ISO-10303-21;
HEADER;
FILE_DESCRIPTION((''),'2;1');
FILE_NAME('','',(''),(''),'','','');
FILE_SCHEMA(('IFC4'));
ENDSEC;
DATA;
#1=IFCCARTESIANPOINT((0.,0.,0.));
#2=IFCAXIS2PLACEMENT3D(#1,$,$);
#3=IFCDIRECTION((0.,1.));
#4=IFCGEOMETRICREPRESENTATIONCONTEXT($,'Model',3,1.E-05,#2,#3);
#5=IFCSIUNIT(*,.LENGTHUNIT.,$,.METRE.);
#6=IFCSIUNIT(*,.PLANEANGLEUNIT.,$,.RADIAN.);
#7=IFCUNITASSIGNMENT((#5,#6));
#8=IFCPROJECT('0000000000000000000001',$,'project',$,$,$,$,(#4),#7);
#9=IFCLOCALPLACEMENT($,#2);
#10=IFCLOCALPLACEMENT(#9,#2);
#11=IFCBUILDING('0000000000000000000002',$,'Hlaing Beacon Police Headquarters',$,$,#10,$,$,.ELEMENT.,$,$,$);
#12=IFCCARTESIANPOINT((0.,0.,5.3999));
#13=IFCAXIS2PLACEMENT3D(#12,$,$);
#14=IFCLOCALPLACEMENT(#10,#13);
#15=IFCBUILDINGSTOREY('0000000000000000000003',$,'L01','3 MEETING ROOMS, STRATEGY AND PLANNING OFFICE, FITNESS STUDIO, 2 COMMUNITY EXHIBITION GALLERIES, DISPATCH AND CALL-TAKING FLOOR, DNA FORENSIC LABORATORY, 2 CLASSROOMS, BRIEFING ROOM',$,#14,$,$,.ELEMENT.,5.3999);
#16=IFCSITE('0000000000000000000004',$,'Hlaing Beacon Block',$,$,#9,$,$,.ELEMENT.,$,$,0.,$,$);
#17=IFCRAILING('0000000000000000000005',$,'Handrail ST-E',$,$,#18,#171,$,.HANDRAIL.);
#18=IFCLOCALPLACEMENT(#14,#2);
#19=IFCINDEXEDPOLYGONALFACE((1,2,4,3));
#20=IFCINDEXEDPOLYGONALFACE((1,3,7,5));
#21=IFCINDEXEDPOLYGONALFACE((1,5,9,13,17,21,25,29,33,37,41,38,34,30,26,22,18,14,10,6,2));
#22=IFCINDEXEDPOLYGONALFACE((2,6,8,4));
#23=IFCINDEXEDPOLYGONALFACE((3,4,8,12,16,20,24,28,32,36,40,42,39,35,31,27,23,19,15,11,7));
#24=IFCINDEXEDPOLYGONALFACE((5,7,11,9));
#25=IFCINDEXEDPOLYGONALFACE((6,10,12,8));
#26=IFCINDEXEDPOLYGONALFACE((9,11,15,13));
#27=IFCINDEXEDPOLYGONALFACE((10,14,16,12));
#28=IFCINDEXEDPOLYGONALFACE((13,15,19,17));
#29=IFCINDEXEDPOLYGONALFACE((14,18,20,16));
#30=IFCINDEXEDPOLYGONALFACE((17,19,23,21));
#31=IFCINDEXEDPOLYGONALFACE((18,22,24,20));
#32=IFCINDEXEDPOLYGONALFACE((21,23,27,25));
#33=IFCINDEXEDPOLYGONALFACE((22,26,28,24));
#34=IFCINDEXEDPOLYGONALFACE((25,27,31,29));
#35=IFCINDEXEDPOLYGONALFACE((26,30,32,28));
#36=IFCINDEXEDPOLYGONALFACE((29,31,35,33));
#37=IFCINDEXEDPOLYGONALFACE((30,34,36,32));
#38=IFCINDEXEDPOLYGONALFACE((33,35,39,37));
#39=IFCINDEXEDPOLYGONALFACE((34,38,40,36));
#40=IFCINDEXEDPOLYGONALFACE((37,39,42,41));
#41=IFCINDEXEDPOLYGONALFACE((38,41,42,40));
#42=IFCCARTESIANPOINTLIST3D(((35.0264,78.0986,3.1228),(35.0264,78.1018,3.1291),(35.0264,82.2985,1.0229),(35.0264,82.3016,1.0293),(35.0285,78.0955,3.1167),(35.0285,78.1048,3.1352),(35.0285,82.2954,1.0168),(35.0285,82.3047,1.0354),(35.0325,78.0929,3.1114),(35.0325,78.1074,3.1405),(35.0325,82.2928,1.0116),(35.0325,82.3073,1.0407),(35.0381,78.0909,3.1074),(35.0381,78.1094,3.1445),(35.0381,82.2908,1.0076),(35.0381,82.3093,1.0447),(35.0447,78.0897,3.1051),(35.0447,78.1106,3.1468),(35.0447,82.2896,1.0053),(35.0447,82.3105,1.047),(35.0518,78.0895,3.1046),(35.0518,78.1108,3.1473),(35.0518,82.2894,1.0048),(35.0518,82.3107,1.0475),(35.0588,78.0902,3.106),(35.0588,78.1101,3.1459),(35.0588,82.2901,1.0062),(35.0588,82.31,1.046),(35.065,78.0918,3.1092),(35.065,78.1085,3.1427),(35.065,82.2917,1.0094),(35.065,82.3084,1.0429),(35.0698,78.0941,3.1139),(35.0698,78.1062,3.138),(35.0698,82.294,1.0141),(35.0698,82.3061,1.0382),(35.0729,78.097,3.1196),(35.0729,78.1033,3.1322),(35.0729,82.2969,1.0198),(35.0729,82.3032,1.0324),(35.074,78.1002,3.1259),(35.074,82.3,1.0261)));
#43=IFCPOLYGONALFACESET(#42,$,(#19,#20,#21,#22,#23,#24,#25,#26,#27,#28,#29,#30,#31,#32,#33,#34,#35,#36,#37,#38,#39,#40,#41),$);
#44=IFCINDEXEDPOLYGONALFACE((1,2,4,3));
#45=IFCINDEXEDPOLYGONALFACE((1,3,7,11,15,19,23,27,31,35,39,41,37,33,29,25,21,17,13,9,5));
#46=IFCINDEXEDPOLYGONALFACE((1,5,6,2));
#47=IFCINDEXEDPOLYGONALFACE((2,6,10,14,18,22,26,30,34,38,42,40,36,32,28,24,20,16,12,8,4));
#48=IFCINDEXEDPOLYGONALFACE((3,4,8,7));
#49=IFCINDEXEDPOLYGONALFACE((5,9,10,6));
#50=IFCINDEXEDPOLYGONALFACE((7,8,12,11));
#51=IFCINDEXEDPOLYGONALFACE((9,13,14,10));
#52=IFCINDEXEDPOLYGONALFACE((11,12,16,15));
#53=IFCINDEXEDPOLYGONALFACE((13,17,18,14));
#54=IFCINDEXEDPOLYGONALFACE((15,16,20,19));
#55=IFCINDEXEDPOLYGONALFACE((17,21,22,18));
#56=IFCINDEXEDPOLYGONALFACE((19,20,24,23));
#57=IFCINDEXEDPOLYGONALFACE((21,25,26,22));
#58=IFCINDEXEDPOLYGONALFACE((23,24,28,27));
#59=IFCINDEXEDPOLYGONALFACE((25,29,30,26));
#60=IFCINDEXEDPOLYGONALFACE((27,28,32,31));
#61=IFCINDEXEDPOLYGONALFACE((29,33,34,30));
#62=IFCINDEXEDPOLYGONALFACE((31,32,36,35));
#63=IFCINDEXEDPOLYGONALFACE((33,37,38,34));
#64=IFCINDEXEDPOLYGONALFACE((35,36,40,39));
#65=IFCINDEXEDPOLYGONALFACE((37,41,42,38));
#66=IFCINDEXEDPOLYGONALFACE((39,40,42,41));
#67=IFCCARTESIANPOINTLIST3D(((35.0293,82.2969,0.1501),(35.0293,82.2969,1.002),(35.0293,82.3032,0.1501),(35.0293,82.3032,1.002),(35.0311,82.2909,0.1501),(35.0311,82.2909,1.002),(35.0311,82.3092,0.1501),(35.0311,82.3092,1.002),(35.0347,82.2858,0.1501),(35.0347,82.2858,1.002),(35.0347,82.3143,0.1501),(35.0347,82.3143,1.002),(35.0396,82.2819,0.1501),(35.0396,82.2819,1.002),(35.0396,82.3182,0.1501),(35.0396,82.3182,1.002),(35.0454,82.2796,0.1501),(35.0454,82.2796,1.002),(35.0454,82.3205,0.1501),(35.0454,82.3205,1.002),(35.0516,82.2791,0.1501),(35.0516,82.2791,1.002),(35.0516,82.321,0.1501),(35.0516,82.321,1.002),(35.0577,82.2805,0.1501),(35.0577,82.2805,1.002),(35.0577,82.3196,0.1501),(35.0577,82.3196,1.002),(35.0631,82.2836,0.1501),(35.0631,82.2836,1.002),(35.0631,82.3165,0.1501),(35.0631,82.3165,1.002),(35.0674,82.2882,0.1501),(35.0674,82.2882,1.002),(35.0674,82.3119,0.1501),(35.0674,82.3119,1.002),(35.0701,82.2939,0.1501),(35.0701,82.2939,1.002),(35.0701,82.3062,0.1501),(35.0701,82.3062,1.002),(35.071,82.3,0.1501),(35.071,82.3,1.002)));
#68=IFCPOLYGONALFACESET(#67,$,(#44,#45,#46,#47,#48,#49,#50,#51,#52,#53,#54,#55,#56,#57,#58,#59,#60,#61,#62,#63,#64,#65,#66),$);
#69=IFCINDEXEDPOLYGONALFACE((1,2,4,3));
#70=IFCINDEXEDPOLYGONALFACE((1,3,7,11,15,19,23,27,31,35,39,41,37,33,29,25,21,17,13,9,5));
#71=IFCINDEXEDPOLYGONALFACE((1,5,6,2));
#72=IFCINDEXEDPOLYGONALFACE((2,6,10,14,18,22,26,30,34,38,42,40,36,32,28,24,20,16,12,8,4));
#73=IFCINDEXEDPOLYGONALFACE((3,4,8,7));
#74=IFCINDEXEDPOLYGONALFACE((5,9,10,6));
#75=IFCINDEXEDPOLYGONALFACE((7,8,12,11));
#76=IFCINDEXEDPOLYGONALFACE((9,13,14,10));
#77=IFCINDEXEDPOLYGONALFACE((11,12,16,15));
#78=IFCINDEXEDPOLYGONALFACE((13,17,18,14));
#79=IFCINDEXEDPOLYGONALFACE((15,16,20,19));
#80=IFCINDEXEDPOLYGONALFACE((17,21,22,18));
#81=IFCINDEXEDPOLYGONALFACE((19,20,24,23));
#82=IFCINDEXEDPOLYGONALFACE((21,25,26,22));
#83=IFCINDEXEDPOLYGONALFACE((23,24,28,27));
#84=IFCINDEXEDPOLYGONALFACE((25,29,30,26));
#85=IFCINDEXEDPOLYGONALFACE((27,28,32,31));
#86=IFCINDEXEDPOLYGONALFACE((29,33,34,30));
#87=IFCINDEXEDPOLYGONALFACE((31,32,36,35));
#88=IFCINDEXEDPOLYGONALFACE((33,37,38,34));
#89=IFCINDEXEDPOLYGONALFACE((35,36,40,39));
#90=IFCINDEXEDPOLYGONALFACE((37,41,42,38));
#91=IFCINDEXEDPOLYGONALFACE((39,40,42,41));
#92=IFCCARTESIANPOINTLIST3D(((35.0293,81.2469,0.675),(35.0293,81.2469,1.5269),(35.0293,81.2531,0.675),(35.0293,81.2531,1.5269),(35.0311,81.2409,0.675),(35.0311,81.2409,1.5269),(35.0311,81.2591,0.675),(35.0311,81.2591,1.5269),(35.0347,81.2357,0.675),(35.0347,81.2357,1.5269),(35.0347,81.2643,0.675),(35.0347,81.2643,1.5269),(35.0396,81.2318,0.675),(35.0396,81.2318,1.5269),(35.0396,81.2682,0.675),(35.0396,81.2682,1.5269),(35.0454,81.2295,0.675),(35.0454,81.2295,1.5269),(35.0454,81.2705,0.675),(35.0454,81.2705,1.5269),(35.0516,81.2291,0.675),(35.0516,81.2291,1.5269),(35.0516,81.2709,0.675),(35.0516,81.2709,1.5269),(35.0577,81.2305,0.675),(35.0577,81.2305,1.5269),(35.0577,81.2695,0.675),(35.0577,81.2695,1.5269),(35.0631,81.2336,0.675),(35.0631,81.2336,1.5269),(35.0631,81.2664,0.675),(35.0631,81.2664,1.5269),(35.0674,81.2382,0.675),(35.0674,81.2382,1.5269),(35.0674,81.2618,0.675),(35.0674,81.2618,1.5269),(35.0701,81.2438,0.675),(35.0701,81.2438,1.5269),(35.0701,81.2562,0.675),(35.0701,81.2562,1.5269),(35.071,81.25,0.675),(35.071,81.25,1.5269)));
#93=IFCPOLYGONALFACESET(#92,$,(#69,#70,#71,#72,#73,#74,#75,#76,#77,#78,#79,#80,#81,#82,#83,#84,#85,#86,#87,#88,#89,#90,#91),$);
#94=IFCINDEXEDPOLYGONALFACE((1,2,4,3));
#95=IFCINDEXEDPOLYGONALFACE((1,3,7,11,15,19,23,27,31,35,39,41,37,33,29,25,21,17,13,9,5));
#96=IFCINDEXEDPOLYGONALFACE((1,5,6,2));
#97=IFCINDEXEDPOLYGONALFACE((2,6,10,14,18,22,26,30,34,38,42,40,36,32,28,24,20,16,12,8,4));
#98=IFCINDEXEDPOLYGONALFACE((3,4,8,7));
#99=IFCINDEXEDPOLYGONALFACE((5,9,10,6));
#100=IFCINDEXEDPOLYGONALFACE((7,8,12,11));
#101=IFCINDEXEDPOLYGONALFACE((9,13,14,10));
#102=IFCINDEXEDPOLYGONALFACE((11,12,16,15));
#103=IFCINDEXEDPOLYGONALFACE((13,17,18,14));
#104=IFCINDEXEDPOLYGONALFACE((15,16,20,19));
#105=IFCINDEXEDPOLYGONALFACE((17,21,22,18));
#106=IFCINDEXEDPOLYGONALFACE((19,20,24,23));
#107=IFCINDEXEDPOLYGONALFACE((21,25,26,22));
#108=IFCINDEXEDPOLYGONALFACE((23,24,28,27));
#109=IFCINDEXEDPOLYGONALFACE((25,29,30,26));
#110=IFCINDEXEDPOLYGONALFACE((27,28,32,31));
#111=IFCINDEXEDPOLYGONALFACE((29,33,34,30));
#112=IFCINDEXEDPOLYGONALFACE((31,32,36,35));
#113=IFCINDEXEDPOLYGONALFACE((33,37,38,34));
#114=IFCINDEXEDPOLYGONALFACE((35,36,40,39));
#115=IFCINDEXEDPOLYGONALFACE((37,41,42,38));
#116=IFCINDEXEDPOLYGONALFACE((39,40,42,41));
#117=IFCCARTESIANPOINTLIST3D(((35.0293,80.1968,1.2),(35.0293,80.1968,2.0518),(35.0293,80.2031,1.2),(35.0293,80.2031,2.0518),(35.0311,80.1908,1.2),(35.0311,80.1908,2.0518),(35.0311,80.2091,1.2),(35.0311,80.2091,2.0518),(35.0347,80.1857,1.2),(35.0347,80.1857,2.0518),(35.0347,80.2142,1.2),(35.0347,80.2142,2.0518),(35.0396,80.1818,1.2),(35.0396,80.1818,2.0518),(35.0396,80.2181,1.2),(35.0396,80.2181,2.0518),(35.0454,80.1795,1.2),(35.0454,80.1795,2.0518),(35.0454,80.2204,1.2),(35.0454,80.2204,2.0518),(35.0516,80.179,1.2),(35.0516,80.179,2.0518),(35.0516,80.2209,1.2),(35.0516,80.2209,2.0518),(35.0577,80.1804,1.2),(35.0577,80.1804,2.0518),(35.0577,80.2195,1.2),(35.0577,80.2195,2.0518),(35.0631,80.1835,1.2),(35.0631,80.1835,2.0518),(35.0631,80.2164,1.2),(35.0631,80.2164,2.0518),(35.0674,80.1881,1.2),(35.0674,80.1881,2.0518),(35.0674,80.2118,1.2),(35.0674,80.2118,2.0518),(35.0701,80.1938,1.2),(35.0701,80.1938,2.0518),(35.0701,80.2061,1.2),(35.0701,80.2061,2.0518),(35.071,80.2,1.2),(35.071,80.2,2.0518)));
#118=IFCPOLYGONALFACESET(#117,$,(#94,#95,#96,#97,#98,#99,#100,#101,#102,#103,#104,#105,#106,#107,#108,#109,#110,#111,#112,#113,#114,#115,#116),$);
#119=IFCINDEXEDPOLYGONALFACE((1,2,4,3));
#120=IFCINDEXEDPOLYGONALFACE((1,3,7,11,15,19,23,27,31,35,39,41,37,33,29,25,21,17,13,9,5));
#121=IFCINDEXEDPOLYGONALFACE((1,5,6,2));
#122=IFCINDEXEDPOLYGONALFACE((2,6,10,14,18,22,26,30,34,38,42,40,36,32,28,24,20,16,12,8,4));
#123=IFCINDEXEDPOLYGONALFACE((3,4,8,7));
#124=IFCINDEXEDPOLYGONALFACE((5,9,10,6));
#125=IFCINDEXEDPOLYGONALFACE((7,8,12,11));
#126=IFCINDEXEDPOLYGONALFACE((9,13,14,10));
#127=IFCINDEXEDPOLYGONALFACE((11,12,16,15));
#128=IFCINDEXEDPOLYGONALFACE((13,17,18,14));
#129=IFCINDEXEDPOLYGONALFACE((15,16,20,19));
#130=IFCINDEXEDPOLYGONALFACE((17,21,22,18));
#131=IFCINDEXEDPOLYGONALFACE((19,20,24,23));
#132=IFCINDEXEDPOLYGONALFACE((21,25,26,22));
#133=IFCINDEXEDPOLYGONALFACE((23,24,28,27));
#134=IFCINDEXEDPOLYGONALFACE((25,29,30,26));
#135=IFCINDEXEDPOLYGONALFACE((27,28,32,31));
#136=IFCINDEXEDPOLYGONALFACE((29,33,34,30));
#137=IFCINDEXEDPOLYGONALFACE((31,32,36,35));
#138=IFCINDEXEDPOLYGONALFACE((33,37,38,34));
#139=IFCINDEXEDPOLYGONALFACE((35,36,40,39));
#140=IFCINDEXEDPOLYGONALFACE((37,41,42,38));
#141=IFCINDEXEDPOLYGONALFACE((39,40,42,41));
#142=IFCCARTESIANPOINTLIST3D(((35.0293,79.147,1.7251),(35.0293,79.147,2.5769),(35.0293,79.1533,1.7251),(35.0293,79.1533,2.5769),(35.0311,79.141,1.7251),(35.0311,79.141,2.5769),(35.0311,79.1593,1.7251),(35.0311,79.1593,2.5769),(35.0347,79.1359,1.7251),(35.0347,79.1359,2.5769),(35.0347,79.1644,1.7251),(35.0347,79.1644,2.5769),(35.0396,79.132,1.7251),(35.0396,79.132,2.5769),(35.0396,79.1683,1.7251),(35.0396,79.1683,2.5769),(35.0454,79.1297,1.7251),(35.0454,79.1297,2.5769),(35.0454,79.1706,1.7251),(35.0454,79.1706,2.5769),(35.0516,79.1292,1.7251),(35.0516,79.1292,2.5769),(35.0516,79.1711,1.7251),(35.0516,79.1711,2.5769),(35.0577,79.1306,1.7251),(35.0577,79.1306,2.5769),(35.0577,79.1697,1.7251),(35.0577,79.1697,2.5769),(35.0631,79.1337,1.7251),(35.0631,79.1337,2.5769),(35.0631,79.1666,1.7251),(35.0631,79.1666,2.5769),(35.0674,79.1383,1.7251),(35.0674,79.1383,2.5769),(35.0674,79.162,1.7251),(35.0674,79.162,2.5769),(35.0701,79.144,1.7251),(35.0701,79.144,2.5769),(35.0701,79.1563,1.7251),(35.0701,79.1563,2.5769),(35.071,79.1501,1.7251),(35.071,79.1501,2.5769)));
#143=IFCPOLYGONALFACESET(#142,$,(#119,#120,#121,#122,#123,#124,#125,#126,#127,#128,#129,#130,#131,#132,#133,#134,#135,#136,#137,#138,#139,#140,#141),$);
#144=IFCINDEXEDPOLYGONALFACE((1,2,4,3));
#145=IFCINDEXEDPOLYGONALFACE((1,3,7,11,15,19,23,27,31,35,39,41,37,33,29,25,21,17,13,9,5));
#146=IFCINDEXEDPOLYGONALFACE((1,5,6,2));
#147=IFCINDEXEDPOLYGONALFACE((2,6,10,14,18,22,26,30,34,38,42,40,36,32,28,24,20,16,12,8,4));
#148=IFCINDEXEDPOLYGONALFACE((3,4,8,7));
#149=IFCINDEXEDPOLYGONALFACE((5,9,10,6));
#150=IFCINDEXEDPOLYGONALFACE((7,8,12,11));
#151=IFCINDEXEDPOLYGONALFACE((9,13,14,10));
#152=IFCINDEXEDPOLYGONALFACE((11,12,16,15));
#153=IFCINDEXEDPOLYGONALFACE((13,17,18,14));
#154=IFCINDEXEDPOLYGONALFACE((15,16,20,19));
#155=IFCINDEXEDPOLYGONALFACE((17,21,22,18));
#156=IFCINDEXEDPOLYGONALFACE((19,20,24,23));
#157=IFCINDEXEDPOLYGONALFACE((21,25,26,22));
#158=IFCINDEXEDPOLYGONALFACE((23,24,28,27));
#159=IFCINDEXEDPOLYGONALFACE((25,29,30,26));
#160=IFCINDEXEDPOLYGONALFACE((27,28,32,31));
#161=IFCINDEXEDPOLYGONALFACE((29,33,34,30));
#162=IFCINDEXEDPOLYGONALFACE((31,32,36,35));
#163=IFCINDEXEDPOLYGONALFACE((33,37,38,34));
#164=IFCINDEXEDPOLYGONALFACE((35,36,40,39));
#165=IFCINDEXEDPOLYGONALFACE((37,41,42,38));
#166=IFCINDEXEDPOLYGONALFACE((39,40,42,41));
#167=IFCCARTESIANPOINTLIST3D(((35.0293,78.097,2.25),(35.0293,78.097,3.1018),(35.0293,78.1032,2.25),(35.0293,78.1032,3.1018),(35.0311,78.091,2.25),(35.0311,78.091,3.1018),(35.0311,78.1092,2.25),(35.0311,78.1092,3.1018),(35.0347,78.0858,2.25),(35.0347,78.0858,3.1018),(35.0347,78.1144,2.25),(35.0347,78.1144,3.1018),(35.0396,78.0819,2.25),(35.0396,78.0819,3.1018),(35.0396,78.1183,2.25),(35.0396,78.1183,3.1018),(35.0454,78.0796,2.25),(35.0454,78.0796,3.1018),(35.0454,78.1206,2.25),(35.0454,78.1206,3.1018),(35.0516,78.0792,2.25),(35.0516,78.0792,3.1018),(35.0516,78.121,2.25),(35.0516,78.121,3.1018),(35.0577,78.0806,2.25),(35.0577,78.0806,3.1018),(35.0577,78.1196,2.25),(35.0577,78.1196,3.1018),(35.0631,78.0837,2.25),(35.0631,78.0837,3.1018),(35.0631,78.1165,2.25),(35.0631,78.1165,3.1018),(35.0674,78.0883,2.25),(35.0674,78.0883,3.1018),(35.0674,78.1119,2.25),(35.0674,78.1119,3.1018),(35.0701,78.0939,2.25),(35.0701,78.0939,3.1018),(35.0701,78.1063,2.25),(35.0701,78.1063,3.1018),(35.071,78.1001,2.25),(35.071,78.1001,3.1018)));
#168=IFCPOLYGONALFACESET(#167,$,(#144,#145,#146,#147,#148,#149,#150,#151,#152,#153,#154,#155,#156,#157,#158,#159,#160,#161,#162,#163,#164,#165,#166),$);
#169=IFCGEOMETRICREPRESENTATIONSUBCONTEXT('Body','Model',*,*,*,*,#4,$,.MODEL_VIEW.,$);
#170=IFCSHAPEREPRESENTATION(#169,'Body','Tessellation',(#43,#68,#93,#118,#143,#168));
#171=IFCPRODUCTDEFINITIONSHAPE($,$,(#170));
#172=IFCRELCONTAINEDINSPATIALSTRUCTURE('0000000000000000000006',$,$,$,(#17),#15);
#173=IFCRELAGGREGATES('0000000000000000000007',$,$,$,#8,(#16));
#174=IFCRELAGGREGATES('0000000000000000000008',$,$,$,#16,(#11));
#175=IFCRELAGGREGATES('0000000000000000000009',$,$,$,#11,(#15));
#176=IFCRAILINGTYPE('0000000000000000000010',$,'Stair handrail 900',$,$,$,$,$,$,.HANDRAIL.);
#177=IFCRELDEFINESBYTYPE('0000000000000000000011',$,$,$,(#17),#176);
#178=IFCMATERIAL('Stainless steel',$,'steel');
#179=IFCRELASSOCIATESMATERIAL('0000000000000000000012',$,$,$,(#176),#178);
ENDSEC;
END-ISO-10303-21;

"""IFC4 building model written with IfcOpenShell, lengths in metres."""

from ifc_helpers import new_model, si_unit, direction, frame, origin, origin_2d, place, context, subcontext, project, spatial, circle, extrude, material, type_object, element, save


model = new_model("IFC4")

# Units and contexts
model_context = context("Model", 3, precision=1e-05, world=origin(), true_north=direction((0.0, 1.0)))
body_context = subcontext(model_context, "Body", "Model", "MODEL_VIEW")
ifc_project = project(units=[si_unit("LENGTHUNIT", "METRE"), si_unit("PLANEANGLEUNIT", "RADIAN")], contexts=[model_context])

# Site, building, storey
site_placement = place(None, origin())
site = spatial("IfcSite", under=ifc_project, at=site_placement, Name="Hlaing Beacon Block", CompositionType="ELEMENT", RefElevation=0.0)
building_placement = place(site_placement, origin())
building = spatial("IfcBuilding", under=site, at=building_placement, Name="Hlaing Beacon Police Headquarters", CompositionType="ELEMENT")
storey_placement = place(building_placement, frame((0.0, 0.0, 5.3999)))
storey = spatial("IfcBuildingStorey", under=building, at=storey_placement, Name="L01", Description="3 MEETING ROOMS, STRATEGY AND PLANNING OFFICE, FITNESS STUDIO, 2 COMMUNITY EXHIBITION GALLERIES, DISPATCH AND CALL-TAKING FLOOR, DNA FORENSIC LABORATORY, 2 CLASSROOMS, BRIEFING ROOM", CompositionType="ELEMENT", Elevation=5.3999)

# Railing
ifc_material_1 = material(Name="Stainless steel", Category="steel")
railing_type = type_object("IfcRailingType", Name="Stair handrail 900", PredefinedType="HANDRAIL", material=ifc_material_1)
for number, where, name in (
    (1, (35.05, 82.3, 0.1501), "Handrail ST-E"),
):
    element("IfcRailing", number, at=place(storey_placement, frame(where)), inside=storey, type_object=railing_type, Name=name, PredefinedType="HANDRAIL", context=body_context, shape_type="SweptSolid", body=[
        extrude(circle(Radius=0.0239, at=origin_2d()), frame((0.0, 0.0, 0.876), z_axis=(0.0, -0.894438, 0.447193), x_axis=(1.0, 0.0, 0.0)), (0.0, 0.0, 1.0), 4.6956),
        extrude(circle(Radius=0.021, at=origin_2d()), origin(), (0.0, 0.0, 1.0), 0.8518),
        extrude(circle(Radius=0.021, at=origin_2d()), frame((0.0, -1.05, 0.5249)), (0.0, 0.0, 1.0), 0.8518),
        extrude(circle(Radius=0.021, at=origin_2d()), frame((0.0, -2.1001, 1.0498)), (0.0, 0.0, 1.0), 0.8518),
        extrude(circle(Radius=0.021, at=origin_2d()), frame((0.0, -3.1499, 1.575)), (0.0, 0.0, 1.0), 0.8518),
        extrude(circle(Radius=0.021, at=origin_2d()), frame((0.0, -4.2, 2.0999)), (0.0, 0.0, 1.0), 0.8518),
    ])

save(model, "model.ifc")
